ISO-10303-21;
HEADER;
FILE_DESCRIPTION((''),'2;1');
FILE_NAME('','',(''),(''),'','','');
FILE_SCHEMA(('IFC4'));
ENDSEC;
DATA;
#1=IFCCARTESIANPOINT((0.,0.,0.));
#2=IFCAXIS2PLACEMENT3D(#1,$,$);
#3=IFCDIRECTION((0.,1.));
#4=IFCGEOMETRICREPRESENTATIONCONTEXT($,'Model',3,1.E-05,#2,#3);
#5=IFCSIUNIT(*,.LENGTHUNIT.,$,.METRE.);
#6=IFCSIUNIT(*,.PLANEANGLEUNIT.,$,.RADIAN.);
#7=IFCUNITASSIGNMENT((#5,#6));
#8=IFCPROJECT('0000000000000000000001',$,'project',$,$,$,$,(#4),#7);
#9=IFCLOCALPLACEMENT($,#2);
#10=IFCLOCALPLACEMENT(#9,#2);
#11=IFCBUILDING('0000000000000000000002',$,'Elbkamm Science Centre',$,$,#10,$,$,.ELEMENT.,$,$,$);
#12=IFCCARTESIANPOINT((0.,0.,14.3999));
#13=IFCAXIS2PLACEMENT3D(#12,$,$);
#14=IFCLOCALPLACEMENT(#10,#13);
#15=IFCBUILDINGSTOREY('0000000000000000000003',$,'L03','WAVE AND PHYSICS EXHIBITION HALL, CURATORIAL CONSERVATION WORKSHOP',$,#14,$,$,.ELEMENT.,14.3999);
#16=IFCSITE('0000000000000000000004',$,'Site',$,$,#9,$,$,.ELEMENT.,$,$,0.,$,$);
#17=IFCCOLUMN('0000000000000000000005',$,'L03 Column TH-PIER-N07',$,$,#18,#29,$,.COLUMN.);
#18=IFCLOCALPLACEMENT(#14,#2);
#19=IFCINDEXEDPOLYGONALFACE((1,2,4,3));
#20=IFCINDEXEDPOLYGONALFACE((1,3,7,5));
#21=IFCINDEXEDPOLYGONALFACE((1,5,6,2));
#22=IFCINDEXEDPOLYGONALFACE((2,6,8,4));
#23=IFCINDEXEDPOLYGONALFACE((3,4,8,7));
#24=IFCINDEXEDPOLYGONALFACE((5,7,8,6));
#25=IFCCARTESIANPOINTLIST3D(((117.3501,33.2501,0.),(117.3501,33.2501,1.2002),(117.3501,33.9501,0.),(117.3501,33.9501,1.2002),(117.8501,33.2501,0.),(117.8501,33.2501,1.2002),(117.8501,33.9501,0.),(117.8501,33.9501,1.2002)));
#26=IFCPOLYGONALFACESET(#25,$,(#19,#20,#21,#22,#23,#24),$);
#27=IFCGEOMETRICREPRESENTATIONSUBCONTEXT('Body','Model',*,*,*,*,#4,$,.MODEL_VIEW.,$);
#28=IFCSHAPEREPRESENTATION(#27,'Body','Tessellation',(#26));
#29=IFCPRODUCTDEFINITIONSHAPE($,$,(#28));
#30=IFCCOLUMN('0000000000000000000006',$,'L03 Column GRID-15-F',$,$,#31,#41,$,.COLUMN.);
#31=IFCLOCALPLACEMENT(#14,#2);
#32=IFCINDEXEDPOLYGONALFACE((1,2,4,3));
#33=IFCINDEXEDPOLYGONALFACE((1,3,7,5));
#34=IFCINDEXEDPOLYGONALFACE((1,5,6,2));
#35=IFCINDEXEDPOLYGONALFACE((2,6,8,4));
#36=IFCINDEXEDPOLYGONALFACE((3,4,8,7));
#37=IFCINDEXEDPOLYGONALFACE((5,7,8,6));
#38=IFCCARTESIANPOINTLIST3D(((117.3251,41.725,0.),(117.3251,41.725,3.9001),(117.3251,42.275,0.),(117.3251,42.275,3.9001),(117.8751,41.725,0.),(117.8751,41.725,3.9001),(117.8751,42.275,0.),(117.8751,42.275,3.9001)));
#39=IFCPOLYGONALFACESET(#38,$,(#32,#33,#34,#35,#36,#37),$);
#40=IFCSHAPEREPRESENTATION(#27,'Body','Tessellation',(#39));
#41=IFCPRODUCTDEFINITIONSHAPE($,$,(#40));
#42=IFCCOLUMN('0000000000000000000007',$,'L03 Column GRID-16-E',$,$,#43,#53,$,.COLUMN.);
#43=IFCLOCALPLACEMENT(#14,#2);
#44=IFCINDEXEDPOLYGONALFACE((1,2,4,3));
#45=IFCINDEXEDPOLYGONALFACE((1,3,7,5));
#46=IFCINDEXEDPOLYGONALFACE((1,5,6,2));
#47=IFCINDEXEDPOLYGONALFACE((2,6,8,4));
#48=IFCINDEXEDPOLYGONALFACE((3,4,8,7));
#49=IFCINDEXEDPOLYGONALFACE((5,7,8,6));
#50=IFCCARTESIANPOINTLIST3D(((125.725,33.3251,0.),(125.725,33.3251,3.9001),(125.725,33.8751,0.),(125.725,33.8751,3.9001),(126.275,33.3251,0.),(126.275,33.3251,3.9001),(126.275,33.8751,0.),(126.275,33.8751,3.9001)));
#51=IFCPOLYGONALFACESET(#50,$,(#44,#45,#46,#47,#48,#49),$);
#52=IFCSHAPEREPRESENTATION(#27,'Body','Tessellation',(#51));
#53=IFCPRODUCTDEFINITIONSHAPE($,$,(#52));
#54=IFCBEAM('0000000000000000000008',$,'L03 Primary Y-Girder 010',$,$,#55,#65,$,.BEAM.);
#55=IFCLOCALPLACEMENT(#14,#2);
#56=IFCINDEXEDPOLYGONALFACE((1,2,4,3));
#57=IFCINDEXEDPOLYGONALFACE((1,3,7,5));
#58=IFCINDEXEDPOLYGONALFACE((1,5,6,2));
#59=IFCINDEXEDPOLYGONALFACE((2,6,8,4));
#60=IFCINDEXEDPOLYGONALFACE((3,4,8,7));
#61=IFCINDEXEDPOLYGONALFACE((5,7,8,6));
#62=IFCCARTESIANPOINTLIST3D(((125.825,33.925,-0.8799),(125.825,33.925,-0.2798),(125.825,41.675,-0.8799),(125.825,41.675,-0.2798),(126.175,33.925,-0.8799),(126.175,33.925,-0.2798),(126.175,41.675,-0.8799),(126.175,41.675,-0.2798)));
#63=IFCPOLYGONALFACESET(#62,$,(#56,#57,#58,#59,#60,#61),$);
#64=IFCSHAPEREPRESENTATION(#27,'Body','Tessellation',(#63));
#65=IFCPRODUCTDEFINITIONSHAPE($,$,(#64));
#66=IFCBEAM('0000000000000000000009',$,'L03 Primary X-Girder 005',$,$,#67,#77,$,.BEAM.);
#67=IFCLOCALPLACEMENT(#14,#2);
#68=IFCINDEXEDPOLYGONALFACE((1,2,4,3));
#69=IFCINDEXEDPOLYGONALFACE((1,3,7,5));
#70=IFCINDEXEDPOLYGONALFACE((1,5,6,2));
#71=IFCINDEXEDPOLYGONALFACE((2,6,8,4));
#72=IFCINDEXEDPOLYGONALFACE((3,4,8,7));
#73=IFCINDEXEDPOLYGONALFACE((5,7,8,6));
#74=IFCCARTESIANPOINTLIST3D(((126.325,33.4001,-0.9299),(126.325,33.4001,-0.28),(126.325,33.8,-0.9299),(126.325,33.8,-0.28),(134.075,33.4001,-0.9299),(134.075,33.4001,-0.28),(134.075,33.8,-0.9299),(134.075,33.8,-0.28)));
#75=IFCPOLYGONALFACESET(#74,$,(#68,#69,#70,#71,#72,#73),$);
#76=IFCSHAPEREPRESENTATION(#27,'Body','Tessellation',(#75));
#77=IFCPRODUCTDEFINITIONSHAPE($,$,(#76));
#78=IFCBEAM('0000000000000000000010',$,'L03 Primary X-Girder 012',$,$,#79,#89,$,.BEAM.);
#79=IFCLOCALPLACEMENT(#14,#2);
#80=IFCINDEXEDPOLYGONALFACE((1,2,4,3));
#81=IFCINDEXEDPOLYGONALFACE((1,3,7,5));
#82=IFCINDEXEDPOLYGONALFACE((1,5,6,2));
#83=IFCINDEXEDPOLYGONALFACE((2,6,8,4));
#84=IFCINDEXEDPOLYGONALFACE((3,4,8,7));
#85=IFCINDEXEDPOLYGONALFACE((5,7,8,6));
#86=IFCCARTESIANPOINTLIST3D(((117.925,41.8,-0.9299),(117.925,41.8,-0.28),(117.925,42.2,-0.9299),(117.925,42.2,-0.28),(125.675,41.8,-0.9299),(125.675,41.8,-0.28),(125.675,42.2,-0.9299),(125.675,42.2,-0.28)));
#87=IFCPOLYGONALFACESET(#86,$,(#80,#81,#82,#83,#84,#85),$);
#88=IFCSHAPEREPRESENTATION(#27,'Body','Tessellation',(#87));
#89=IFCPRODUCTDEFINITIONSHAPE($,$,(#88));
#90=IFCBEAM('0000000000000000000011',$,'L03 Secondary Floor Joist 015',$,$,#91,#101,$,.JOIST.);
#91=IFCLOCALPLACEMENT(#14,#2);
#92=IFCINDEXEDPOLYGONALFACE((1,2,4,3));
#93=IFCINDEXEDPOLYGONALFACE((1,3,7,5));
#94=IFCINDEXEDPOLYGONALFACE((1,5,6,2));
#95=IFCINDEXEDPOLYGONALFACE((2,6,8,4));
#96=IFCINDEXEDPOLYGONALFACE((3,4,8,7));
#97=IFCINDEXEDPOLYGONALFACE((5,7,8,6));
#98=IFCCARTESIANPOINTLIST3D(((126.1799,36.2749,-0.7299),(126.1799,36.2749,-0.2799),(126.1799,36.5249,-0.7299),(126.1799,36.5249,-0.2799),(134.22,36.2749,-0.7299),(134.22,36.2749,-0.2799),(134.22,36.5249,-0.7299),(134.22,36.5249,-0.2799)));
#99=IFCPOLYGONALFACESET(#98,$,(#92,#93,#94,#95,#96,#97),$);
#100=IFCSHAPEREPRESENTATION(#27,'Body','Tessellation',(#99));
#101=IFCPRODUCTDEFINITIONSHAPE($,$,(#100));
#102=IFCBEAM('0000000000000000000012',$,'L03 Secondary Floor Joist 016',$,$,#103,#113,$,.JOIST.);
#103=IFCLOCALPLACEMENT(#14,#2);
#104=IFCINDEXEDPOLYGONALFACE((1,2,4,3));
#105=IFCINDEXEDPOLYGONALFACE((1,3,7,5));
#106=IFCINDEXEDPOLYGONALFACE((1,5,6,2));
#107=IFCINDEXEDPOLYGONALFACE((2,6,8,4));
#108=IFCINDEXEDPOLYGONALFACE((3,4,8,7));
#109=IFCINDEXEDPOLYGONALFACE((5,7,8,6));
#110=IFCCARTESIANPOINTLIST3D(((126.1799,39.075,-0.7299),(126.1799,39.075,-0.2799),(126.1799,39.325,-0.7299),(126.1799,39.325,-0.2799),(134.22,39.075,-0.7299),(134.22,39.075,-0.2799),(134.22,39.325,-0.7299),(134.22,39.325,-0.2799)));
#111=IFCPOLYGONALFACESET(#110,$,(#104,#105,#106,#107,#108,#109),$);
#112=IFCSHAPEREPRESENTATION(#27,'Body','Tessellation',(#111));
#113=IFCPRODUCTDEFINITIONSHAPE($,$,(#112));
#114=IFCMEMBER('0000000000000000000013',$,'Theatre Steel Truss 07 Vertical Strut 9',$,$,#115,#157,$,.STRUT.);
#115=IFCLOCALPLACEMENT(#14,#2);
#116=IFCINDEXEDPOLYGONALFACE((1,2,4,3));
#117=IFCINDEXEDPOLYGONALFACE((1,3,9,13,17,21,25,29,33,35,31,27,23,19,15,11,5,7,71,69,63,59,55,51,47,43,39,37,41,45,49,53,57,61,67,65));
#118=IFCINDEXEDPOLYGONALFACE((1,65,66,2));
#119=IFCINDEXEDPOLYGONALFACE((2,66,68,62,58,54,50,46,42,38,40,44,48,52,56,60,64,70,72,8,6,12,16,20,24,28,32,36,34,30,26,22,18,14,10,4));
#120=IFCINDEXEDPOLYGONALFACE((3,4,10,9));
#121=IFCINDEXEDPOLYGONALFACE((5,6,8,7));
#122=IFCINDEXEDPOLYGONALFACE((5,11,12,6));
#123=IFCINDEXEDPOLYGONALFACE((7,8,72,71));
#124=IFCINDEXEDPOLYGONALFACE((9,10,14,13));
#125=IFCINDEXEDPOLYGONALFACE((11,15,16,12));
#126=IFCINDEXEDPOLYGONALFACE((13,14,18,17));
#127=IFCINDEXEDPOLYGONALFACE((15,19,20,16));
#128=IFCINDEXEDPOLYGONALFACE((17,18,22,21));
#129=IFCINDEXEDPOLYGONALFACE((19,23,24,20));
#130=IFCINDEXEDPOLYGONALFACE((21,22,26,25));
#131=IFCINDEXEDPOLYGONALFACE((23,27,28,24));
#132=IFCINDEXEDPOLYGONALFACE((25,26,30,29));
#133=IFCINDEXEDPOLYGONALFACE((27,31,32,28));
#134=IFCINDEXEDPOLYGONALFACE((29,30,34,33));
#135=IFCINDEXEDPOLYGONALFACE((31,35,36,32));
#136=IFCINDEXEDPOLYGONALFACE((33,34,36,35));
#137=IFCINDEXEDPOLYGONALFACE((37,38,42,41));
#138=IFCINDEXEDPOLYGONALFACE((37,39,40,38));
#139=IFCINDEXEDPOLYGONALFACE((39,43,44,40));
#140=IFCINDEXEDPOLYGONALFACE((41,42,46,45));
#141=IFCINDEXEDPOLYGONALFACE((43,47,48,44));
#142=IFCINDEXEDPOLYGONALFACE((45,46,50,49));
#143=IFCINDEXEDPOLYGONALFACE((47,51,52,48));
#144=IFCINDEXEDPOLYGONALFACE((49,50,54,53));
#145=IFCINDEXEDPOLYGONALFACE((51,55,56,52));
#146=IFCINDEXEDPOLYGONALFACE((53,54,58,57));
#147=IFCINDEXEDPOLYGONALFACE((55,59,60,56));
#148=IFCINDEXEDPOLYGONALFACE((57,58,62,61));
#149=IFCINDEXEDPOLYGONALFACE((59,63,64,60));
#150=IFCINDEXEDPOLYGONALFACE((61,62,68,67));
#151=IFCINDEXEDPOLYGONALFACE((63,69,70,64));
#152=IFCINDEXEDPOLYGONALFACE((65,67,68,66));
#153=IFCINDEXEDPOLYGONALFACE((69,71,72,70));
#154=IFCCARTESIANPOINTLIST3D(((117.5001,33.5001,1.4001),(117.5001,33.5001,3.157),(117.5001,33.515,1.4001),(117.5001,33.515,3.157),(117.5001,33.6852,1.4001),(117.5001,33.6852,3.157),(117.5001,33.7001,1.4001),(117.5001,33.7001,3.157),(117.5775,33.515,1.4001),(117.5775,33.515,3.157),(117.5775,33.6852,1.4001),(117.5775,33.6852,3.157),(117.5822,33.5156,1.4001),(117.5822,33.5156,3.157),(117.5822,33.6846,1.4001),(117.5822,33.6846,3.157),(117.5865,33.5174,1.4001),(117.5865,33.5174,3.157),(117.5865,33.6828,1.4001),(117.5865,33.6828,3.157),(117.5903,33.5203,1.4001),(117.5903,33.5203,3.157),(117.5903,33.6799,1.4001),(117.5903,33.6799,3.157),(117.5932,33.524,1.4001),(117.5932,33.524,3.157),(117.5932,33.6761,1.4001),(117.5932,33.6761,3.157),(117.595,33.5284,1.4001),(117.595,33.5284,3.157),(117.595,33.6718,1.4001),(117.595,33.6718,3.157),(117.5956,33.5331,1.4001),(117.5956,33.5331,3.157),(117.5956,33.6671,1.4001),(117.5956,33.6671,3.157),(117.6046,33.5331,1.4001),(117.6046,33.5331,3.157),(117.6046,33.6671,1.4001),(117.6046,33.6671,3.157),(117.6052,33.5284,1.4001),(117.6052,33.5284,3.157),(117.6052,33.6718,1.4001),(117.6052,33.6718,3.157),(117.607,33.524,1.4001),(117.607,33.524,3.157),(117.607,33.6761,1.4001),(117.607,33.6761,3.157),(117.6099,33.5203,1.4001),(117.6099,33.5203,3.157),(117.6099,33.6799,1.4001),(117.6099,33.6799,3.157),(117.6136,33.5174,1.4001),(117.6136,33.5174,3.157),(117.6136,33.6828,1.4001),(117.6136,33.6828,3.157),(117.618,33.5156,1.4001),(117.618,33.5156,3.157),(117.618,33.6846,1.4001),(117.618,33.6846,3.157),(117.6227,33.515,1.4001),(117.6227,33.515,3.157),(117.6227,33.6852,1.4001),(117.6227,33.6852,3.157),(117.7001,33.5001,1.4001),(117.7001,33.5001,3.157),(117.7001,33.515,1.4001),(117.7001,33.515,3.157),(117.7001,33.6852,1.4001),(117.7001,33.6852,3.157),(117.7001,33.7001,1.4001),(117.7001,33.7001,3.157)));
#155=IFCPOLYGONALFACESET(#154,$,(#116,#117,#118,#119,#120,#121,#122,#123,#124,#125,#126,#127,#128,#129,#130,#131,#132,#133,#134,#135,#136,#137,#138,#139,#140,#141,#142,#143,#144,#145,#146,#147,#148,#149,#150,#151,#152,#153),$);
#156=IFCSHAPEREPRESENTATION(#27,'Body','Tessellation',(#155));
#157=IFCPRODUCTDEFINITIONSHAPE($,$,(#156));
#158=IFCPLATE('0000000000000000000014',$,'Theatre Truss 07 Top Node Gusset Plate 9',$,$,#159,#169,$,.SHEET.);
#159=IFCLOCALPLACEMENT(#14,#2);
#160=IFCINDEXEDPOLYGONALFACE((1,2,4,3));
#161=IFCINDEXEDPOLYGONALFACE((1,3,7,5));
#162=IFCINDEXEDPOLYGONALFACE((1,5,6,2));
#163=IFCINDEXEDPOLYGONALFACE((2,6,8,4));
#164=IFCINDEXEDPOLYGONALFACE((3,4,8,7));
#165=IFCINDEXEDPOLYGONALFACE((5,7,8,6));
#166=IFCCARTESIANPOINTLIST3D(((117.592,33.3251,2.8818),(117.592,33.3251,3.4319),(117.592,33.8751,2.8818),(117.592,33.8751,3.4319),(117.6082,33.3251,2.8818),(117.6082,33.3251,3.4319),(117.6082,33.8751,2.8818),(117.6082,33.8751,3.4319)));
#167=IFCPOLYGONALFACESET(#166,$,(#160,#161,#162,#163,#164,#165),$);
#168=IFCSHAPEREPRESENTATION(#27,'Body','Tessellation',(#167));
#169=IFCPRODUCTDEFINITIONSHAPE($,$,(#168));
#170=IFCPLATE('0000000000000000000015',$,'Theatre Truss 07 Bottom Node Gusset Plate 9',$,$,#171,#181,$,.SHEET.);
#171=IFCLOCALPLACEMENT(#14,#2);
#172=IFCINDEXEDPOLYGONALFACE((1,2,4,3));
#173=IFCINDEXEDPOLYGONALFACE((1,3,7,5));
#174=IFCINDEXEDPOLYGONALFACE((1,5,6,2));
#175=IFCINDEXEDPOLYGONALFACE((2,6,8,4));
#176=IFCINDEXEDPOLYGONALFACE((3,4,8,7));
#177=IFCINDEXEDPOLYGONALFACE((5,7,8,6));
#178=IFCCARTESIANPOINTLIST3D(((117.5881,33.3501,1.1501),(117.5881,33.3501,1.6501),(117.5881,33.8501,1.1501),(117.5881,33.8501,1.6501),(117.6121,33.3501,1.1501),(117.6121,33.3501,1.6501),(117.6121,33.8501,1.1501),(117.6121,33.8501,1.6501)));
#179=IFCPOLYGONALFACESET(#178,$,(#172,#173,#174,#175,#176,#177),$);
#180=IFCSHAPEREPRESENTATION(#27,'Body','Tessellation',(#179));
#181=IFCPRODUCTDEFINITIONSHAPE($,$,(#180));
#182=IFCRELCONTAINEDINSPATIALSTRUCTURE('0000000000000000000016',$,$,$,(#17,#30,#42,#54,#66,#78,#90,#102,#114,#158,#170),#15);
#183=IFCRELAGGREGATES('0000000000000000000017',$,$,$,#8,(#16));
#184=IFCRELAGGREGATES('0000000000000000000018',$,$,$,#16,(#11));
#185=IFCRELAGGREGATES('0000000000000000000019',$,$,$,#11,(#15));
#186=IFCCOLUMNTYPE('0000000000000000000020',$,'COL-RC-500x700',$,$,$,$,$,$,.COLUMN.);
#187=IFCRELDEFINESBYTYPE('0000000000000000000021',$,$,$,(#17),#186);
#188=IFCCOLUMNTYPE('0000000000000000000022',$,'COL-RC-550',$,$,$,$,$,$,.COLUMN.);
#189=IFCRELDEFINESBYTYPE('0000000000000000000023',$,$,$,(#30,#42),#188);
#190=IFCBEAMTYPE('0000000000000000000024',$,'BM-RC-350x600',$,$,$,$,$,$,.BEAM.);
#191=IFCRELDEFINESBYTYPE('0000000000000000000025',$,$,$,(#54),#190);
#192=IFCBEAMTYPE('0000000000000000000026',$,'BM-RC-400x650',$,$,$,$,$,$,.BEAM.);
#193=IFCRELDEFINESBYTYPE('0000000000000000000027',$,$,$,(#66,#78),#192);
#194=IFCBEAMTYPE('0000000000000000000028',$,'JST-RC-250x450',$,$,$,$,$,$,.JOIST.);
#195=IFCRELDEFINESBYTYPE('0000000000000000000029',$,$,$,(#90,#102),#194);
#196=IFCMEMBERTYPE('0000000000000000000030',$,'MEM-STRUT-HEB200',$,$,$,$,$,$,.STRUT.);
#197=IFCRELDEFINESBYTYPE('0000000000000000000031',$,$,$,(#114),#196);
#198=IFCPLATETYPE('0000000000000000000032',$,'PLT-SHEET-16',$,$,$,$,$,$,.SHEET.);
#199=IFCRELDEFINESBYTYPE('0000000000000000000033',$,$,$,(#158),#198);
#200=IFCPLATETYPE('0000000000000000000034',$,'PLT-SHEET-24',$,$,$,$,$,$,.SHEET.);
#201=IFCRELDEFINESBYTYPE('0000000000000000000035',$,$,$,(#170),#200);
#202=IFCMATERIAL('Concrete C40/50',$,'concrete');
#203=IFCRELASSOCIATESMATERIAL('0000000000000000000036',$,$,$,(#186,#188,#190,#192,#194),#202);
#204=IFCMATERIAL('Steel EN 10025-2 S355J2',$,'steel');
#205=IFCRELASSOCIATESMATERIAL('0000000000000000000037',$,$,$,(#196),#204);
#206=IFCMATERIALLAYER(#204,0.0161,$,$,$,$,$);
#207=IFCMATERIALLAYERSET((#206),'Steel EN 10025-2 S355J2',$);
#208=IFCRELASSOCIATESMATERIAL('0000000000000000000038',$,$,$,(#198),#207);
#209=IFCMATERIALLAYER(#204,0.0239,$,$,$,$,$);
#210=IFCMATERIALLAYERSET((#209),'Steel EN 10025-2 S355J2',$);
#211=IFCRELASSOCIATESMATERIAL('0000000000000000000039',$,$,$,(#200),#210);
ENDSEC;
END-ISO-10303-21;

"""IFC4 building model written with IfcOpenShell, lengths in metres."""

from ifc_helpers import new_model, si_unit, direction, frame, origin, origin_2d, place, context, subcontext, project, spatial, rectangle, i_section, extrude, material, layer, layer_set, material_profile, profile_set, type_object, element, save


model = new_model("IFC4")

# Units and contexts
model_context = context("Model", 3, precision=1e-05, world=origin(), true_north=direction((0.0, 1.0)))
body_context = subcontext(model_context, "Body", "Model", "MODEL_VIEW")
ifc_project = project(units=[si_unit("LENGTHUNIT", "METRE"), si_unit("PLANEANGLEUNIT", "RADIAN")], contexts=[model_context])

# Site, building, storey
site_placement = place(None, origin())
site = spatial("IfcSite", under=ifc_project, at=site_placement, Name="Site", CompositionType="ELEMENT", RefElevation=0.0)
building_placement = place(site_placement, origin())
building = spatial("IfcBuilding", under=site, at=building_placement, Name="Elbkamm Science Centre", CompositionType="ELEMENT")
storey_placement = place(building_placement, frame((0.0, 0.0, 14.3999)))
storey = spatial("IfcBuildingStorey", under=building, at=storey_placement, Name="L03", Description="WAVE AND PHYSICS EXHIBITION HALL, CURATORIAL CONSERVATION WORKSHOP", CompositionType="ELEMENT", Elevation=14.3999)

# Columns
ifc_material_1 = material(Name="Concrete C40/50", Category="concrete")
ifc_material_profile_1 = material_profile(ifc_material_1, rectangle(XDim=0.5, YDim=0.7, at=origin_2d()), Name="RC 500x700")
ifc_profile_set_1 = profile_set([ifc_material_profile_1], Name="Concrete C40/50")
column_type_1 = type_object("IfcColumnType", Name="COL-RC-500x700", PredefinedType="COLUMN", material=ifc_profile_set_1)
column_placement = place(storey_placement, frame((117.6001, 33.6001, 0.0), z_axis=(0.0, 0.0, 1.0), x_axis=(1.0, 0.0, 0.0)))
element("IfcColumn", 1, at=column_placement, inside=storey, type_object=column_type_1, Name="L03 Column TH-PIER-N07", PredefinedType="COLUMN", context=body_context, shape_type="SweptSolid", body=[
    extrude(rectangle(XDim=0.5, YDim=0.7, at=origin_2d()), origin(), (0.0, 0.0, 1.0), 1.2002),
])
ifc_material_profile_2 = material_profile(ifc_material_1, rectangle(XDim=0.55, YDim=0.55, at=origin_2d()), Name="RC 550x550")
ifc_profile_set_2 = profile_set([ifc_material_profile_2], Name="Concrete C40/50")
column_type_2 = type_object("IfcColumnType", Name="COL-RC-550", PredefinedType="COLUMN", material=ifc_profile_set_2)
for number, where, z_axis, x_axis, name in (
    (2, (117.6001, 42.0, 0.0), (0.0, 0.0, 1.0), (1.0, 0.0, 0.0), "L03 Column GRID-15-F"),
    (3, (126.0, 33.6001, 0.0), (0.0, 0.0, 1.0), (1.0, 0.0, 0.0), "L03 Column GRID-16-E"),
):
    element("IfcColumn", number, at=place(storey_placement, frame(where, z_axis=z_axis, x_axis=x_axis)), inside=storey, type_object=column_type_2, Name=name, PredefinedType="COLUMN", context=body_context, shape_type="SweptSolid", body=[
        extrude(rectangle(XDim=0.55, YDim=0.55, at=origin_2d()), origin(), (0.0, 0.0, 1.0), 3.9001),
    ])

# Beams
ifc_material_profile_3 = material_profile(ifc_material_1, rectangle(XDim=0.3501, YDim=0.6001, at=origin_2d()), Name="RC 350x600")
ifc_profile_set_3 = profile_set([ifc_material_profile_3], Name="Concrete C40/50")
beam_type_1 = type_object("IfcBeamType", Name="BM-RC-350x600", PredefinedType="BEAM", material=ifc_profile_set_3)
beam_placement = place(storey_placement, frame((126.0, 33.925, -0.5798), z_axis=(0.0, 1.0, 0.0), x_axis=(-1.0, 0.0, 0.0)))
element("IfcBeam", 4, at=beam_placement, inside=storey, type_object=beam_type_1, Name="L03 Primary Y-Girder 010", PredefinedType="BEAM", context=body_context, shape_type="SweptSolid", body=[
    extrude(rectangle(XDim=0.3501, YDim=0.6001, at=origin_2d()), origin(), (0.0, 0.0, 1.0), 7.75),
])
ifc_material_profile_4 = material_profile(ifc_material_1, rectangle(XDim=0.3999, YDim=0.6499, at=origin_2d()), Name="RC 400x650")
ifc_profile_set_4 = profile_set([ifc_material_profile_4], Name="Concrete C40/50")
beam_type_2 = type_object("IfcBeamType", Name="BM-RC-400x650", PredefinedType="BEAM", material=ifc_profile_set_4)
for number, where, z_axis, x_axis, name in (
    (5, (126.325, 33.6001, -0.605), (1.0, 0.0, 0.0), (0.0, 1.0, 0.0), "L03 Primary X-Girder 005"),
    (6, (117.925, 42.0, -0.605), (1.0, 0.0, 0.0), (0.0, 1.0, 0.0), "L03 Primary X-Girder 012"),
):
    element("IfcBeam", number, at=place(storey_placement, frame(where, z_axis=z_axis, x_axis=x_axis)), inside=storey, type_object=beam_type_2, Name=name, PredefinedType="BEAM", context=body_context, shape_type="SweptSolid", body=[
        extrude(rectangle(XDim=0.3999, YDim=0.6499, at=origin_2d()), origin(), (0.0, 0.0, 1.0), 7.75),
    ])
ifc_material_profile_5 = material_profile(ifc_material_1, rectangle(XDim=0.25, YDim=0.45, at=origin_2d()), Name="RC 250x450")
ifc_profile_set_5 = profile_set([ifc_material_profile_5], Name="Concrete C40/50")
beam_type_3 = type_object("IfcBeamType", Name="JST-RC-250x450", PredefinedType="JOIST", material=ifc_profile_set_5)
for number, where, z_axis, x_axis, name in (
    (7, (126.1799, 36.3999, -0.5049), (1.0, 0.0, 0.0), (0.0, 1.0, 0.0), "L03 Secondary Floor Joist 015"),
    (8, (126.1799, 39.2, -0.5049), (1.0, 0.0, 0.0), (0.0, 1.0, 0.0), "L03 Secondary Floor Joist 016"),
):
    element("IfcBeam", number, at=place(storey_placement, frame(where, z_axis=z_axis, x_axis=x_axis)), inside=storey, type_object=beam_type_3, Name=name, PredefinedType="JOIST", context=body_context, shape_type="SweptSolid", body=[
        extrude(rectangle(XDim=0.25, YDim=0.45, at=origin_2d()), origin(), (0.0, 0.0, 1.0), 8.04),
    ])

# Member
ifc_material_2 = material(Name="Steel EN 10025-2 S355J2", Category="steel")
ifc_material_profile_6 = material_profile(ifc_material_2, i_section(OverallWidth=0.2, OverallDepth=0.2, WebThickness=0.009, FlangeThickness=0.0149, FilletRadius=0.0181, at=origin_2d()), Name="HEB 200")
ifc_profile_set_6 = profile_set([ifc_material_profile_6], Name="Steel EN 10025-2 S355J2")
member_type = type_object("IfcMemberType", Name="MEM-STRUT-HEB200", PredefinedType="STRUT", material=ifc_profile_set_6)
member_placement = place(storey_placement, frame((117.6001, 33.6001, 1.4001), z_axis=(0.0, 0.0, 1.0), x_axis=(1.0, 0.0, 0.0)))
element("IfcMember", 9, at=member_placement, inside=storey, type_object=member_type, Name="Theatre Steel Truss 07 Vertical Strut 9", PredefinedType="STRUT", context=body_context, shape_type="SweptSolid", body=[
    extrude(i_section(OverallWidth=0.2, OverallDepth=0.2, WebThickness=0.009, FlangeThickness=0.0149, FilletRadius=0.0181, at=origin_2d()), origin(), (0.0, 0.0, 1.0), 1.7568),
])

# Plates
ifc_layer_1 = layer(ifc_material_2, 0.0161)
ifc_layer_set_1 = layer_set([ifc_layer_1], Name="Steel EN 10025-2 S355J2")
plate_type_1 = type_object("IfcPlateType", Name="PLT-SHEET-16", PredefinedType="SHEET", material=ifc_layer_set_1)
plate_1_placement = place(storey_placement, frame((117.6001, 33.6001, 2.8818), z_axis=(0.0, 0.0, 1.0), x_axis=(1.0, 0.0, 0.0)))
element("IfcPlate", 10, at=plate_1_placement, inside=storey, type_object=plate_type_1, Name="Theatre Truss 07 Top Node Gusset Plate 9", PredefinedType="SHEET", context=body_context, shape_type="SweptSolid", body=[
    extrude(rectangle(XDim=0.0161, YDim=0.55, at=origin_2d()), origin(), (0.0, 0.0, 1.0), 0.55),
])
ifc_layer_2 = layer(ifc_material_2, 0.0239)
ifc_layer_set_2 = layer_set([ifc_layer_2], Name="Steel EN 10025-2 S355J2")
plate_type_2 = type_object("IfcPlateType", Name="PLT-SHEET-24", PredefinedType="SHEET", material=ifc_layer_set_2)
plate_2_placement = place(storey_placement, frame((117.6001, 33.6001, 1.1501), z_axis=(0.0, 0.0, 1.0), x_axis=(1.0, 0.0, 0.0)))
element("IfcPlate", 11, at=plate_2_placement, inside=storey, type_object=plate_type_2, Name="Theatre Truss 07 Bottom Node Gusset Plate 9", PredefinedType="SHEET", context=body_context, shape_type="SweptSolid", body=[
    extrude(rectangle(XDim=0.0239, YDim=0.5, at=origin_2d()), origin(), (0.0, 0.0, 1.0), 0.5),
])

save(model, "model.ifc")
